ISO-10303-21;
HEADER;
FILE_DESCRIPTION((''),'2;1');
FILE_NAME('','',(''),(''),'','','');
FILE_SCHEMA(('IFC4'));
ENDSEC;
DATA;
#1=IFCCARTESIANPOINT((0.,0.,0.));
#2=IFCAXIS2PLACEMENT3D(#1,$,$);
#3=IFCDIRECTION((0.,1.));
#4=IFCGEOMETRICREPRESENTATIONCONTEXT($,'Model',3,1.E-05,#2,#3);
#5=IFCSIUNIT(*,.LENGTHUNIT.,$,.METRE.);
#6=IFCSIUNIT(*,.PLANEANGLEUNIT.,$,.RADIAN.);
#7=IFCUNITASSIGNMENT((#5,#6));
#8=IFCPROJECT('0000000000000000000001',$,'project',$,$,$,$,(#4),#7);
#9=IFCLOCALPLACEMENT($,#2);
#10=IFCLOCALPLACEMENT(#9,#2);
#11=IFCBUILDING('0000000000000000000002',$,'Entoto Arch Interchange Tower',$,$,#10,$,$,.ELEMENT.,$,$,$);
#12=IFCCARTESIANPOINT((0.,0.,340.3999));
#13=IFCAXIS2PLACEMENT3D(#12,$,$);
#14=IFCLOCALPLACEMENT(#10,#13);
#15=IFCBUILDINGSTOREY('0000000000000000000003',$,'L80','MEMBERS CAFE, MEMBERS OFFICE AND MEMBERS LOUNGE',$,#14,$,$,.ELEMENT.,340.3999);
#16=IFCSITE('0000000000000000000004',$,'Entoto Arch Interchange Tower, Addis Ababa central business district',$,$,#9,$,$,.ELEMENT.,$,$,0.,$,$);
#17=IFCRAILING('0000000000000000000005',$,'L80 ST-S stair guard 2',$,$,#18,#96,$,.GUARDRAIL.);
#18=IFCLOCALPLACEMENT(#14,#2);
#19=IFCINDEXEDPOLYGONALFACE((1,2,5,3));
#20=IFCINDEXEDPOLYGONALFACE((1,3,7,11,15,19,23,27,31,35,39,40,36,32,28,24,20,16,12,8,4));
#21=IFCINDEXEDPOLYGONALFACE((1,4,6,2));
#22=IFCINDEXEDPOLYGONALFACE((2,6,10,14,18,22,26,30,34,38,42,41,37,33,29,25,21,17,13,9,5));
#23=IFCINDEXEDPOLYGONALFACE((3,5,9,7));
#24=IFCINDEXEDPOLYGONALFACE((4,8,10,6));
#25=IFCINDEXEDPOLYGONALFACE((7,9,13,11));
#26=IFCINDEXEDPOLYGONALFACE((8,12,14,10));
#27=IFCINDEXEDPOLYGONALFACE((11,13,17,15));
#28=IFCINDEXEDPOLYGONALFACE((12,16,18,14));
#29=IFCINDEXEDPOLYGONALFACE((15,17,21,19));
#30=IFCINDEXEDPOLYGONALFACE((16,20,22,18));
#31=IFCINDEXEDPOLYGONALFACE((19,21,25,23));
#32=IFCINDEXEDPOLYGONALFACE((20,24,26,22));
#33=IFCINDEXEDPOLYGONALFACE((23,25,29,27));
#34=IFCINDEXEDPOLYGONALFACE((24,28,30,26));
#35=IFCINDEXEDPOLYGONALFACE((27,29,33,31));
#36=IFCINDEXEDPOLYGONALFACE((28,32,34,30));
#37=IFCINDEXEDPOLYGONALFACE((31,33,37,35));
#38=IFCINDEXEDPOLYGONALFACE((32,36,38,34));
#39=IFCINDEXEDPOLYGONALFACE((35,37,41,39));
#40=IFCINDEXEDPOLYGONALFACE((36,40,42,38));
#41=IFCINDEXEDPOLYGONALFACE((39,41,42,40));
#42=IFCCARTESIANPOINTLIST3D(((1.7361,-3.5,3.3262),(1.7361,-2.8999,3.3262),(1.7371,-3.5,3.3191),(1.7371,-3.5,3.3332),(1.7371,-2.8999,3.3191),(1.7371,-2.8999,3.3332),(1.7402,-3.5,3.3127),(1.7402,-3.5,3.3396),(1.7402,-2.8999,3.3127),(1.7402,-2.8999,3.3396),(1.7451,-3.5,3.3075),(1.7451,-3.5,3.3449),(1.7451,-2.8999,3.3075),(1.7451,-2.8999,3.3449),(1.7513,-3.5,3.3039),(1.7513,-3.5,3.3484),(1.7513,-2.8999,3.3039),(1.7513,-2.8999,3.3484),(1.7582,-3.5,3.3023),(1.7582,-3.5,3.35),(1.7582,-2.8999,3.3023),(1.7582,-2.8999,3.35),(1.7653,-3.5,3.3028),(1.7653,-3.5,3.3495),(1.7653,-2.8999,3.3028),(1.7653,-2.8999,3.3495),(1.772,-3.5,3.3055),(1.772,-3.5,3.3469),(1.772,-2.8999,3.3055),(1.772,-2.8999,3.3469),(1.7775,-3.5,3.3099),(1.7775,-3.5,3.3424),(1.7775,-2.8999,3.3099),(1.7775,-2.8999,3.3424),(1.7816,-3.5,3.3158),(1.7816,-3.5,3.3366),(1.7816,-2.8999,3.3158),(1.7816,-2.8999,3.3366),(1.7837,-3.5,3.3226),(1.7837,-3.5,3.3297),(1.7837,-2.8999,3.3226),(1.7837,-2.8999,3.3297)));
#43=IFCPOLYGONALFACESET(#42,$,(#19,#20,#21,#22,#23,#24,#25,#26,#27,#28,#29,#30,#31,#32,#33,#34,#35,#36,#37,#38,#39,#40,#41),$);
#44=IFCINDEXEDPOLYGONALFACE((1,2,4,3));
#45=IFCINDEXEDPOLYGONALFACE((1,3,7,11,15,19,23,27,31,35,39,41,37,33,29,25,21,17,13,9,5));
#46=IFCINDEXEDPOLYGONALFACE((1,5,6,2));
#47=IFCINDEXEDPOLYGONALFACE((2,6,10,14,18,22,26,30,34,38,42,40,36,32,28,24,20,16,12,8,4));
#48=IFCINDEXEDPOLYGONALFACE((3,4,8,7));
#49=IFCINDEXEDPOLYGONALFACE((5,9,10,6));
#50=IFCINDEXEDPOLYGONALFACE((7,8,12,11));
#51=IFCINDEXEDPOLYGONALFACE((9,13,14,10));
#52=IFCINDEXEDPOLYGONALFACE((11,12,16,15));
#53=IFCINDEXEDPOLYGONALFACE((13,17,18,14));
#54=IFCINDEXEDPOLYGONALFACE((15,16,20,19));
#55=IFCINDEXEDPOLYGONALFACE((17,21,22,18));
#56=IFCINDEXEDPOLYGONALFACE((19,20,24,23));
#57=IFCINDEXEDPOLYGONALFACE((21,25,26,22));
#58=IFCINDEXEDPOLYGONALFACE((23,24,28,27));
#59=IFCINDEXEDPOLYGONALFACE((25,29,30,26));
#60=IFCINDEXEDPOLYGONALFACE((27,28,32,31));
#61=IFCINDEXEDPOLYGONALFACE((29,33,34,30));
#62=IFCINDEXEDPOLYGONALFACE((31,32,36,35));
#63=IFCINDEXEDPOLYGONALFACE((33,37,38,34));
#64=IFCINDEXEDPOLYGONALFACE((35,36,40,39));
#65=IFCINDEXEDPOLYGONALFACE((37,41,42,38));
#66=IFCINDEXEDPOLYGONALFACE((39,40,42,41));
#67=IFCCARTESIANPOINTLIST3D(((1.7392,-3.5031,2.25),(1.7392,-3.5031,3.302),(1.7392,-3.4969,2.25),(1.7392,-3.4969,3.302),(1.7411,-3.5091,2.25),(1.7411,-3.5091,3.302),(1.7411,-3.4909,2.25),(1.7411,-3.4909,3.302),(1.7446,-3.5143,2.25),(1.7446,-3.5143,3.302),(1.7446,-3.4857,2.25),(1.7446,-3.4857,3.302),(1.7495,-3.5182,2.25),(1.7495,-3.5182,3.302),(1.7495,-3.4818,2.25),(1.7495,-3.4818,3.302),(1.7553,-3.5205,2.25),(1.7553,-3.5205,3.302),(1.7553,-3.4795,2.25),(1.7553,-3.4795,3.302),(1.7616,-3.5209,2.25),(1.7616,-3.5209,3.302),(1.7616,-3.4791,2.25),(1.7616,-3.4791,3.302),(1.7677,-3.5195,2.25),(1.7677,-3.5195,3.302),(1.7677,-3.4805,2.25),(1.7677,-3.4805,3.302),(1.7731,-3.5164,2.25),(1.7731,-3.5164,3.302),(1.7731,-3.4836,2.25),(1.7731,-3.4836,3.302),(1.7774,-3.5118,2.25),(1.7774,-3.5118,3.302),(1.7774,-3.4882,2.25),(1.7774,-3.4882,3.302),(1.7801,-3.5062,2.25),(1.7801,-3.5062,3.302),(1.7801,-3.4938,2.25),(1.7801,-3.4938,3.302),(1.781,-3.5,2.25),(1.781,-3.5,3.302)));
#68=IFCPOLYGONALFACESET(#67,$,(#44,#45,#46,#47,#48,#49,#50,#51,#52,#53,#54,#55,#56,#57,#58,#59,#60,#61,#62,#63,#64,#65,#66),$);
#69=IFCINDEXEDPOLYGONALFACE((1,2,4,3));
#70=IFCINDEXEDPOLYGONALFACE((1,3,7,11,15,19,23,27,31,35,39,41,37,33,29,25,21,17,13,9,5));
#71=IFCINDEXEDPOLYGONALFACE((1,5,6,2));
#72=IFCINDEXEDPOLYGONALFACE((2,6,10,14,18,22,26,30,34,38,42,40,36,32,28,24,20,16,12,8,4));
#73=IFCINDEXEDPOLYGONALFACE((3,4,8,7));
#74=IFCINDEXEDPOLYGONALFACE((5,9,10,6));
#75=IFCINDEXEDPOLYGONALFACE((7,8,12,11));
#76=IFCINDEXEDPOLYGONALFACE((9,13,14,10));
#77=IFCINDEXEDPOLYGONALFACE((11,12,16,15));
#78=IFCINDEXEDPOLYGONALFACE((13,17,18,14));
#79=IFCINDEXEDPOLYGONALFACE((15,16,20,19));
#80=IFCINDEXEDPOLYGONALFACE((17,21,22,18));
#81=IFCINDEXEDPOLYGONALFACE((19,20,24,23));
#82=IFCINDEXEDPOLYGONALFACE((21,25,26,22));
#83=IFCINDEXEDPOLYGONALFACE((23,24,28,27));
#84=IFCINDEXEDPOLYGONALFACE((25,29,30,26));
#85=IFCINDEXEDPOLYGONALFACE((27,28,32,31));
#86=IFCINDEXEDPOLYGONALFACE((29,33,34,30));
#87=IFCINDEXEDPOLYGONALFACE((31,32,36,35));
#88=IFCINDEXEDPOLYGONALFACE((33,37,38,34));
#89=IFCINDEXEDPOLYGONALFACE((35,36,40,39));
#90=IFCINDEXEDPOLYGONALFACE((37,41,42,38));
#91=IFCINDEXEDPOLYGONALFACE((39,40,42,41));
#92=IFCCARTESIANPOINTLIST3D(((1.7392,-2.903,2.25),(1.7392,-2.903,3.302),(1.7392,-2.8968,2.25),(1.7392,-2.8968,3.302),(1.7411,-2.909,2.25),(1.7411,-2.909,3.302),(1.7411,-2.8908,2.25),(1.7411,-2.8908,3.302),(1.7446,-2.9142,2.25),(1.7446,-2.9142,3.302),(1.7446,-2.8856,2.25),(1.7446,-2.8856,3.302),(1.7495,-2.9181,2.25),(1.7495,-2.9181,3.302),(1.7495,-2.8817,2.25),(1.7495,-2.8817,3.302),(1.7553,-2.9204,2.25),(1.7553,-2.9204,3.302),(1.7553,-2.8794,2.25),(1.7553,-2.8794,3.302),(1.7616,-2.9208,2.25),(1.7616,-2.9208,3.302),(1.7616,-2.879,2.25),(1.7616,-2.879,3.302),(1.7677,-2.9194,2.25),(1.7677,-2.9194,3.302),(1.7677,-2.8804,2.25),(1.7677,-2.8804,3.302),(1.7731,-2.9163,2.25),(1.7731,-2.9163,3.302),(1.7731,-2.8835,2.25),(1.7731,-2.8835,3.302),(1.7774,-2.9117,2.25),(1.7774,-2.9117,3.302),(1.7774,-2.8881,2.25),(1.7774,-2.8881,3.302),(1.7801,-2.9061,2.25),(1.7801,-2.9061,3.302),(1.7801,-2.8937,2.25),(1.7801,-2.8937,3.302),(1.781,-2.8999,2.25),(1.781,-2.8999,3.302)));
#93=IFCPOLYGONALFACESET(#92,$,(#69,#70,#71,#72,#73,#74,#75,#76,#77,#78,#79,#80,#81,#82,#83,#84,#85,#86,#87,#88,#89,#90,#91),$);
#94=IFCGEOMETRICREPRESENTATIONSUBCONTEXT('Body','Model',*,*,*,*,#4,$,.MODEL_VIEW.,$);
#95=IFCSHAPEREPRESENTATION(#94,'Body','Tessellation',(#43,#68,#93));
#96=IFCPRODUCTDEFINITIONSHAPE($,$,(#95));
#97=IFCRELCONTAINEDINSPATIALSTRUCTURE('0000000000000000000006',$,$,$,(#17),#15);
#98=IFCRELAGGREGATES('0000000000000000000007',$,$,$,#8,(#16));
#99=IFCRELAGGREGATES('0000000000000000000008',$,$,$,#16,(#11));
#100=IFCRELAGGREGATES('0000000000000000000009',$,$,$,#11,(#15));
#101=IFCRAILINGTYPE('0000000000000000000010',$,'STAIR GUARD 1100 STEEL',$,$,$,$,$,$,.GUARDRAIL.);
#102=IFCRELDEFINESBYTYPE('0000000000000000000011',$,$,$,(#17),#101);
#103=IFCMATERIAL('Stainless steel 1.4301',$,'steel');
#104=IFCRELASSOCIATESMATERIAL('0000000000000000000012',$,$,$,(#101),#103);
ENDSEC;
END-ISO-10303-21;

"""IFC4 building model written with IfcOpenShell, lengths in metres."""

from ifc_helpers import new_model, si_unit, direction, frame, origin, origin_2d, place, context, subcontext, project, spatial, circle, extrude, material, type_object, element, save


model = new_model("IFC4")

# Units and contexts
model_context = context("Model", 3, precision=1e-05, world=origin(), true_north=direction((0.0, 1.0)))
body_context = subcontext(model_context, "Body", "Model", "MODEL_VIEW")
ifc_project = project(units=[si_unit("LENGTHUNIT", "METRE"), si_unit("PLANEANGLEUNIT", "RADIAN")], contexts=[model_context])

# Site, building, storey
site_placement = place(None, origin())
site = spatial("IfcSite", under=ifc_project, at=site_placement, Name="Entoto Arch Interchange Tower, Addis Ababa central business district", CompositionType="ELEMENT", RefElevation=0.0)
building_placement = place(site_placement, origin())
building = spatial("IfcBuilding", under=site, at=building_placement, Name="Entoto Arch Interchange Tower", CompositionType="ELEMENT")
storey_placement = place(building_placement, frame((0.0, 0.0, 340.3999)))
storey = spatial("IfcBuildingStorey", under=building, at=storey_placement, Name="L80", Description="MEMBERS CAFE, MEMBERS OFFICE AND MEMBERS LOUNGE", CompositionType="ELEMENT", Elevation=340.3999)

# Railing
ifc_material_1 = material(Name="Stainless steel 1.4301", Category="steel")
railing_type_1 = type_object("IfcRailingType", Name="STAIR GUARD 1100 STEEL", PredefinedType="GUARDRAIL", material=ifc_material_1)
railing_1_placement = place(storey_placement, frame((1.76, -3.5, 2.25)))
element("IfcRailing", 1, at=railing_1_placement, inside=storey, type_object=railing_type_1, Name="L80 ST-S stair guard 2", PredefinedType="GUARDRAIL", context=body_context, shape_type="SweptSolid", body=[
    extrude(circle(Radius=0.0239, at=origin_2d()), frame((0.0, 0.0, 1.0762), z_axis=(0.0, 1.0, 0.0), x_axis=(-1.0, 0.0, 0.0)), (0.0, 0.0, 1.0), 0.6001),
    extrude(circle(Radius=0.021, at=origin_2d()), origin(), (0.0, 0.0, 1.0), 1.052),
    extrude(circle(Radius=0.021, at=origin_2d()), frame((0.0, 0.6001, 0.0)), (0.0, 0.0, 1.0), 1.052),
])

save(model, "model.ifc")
